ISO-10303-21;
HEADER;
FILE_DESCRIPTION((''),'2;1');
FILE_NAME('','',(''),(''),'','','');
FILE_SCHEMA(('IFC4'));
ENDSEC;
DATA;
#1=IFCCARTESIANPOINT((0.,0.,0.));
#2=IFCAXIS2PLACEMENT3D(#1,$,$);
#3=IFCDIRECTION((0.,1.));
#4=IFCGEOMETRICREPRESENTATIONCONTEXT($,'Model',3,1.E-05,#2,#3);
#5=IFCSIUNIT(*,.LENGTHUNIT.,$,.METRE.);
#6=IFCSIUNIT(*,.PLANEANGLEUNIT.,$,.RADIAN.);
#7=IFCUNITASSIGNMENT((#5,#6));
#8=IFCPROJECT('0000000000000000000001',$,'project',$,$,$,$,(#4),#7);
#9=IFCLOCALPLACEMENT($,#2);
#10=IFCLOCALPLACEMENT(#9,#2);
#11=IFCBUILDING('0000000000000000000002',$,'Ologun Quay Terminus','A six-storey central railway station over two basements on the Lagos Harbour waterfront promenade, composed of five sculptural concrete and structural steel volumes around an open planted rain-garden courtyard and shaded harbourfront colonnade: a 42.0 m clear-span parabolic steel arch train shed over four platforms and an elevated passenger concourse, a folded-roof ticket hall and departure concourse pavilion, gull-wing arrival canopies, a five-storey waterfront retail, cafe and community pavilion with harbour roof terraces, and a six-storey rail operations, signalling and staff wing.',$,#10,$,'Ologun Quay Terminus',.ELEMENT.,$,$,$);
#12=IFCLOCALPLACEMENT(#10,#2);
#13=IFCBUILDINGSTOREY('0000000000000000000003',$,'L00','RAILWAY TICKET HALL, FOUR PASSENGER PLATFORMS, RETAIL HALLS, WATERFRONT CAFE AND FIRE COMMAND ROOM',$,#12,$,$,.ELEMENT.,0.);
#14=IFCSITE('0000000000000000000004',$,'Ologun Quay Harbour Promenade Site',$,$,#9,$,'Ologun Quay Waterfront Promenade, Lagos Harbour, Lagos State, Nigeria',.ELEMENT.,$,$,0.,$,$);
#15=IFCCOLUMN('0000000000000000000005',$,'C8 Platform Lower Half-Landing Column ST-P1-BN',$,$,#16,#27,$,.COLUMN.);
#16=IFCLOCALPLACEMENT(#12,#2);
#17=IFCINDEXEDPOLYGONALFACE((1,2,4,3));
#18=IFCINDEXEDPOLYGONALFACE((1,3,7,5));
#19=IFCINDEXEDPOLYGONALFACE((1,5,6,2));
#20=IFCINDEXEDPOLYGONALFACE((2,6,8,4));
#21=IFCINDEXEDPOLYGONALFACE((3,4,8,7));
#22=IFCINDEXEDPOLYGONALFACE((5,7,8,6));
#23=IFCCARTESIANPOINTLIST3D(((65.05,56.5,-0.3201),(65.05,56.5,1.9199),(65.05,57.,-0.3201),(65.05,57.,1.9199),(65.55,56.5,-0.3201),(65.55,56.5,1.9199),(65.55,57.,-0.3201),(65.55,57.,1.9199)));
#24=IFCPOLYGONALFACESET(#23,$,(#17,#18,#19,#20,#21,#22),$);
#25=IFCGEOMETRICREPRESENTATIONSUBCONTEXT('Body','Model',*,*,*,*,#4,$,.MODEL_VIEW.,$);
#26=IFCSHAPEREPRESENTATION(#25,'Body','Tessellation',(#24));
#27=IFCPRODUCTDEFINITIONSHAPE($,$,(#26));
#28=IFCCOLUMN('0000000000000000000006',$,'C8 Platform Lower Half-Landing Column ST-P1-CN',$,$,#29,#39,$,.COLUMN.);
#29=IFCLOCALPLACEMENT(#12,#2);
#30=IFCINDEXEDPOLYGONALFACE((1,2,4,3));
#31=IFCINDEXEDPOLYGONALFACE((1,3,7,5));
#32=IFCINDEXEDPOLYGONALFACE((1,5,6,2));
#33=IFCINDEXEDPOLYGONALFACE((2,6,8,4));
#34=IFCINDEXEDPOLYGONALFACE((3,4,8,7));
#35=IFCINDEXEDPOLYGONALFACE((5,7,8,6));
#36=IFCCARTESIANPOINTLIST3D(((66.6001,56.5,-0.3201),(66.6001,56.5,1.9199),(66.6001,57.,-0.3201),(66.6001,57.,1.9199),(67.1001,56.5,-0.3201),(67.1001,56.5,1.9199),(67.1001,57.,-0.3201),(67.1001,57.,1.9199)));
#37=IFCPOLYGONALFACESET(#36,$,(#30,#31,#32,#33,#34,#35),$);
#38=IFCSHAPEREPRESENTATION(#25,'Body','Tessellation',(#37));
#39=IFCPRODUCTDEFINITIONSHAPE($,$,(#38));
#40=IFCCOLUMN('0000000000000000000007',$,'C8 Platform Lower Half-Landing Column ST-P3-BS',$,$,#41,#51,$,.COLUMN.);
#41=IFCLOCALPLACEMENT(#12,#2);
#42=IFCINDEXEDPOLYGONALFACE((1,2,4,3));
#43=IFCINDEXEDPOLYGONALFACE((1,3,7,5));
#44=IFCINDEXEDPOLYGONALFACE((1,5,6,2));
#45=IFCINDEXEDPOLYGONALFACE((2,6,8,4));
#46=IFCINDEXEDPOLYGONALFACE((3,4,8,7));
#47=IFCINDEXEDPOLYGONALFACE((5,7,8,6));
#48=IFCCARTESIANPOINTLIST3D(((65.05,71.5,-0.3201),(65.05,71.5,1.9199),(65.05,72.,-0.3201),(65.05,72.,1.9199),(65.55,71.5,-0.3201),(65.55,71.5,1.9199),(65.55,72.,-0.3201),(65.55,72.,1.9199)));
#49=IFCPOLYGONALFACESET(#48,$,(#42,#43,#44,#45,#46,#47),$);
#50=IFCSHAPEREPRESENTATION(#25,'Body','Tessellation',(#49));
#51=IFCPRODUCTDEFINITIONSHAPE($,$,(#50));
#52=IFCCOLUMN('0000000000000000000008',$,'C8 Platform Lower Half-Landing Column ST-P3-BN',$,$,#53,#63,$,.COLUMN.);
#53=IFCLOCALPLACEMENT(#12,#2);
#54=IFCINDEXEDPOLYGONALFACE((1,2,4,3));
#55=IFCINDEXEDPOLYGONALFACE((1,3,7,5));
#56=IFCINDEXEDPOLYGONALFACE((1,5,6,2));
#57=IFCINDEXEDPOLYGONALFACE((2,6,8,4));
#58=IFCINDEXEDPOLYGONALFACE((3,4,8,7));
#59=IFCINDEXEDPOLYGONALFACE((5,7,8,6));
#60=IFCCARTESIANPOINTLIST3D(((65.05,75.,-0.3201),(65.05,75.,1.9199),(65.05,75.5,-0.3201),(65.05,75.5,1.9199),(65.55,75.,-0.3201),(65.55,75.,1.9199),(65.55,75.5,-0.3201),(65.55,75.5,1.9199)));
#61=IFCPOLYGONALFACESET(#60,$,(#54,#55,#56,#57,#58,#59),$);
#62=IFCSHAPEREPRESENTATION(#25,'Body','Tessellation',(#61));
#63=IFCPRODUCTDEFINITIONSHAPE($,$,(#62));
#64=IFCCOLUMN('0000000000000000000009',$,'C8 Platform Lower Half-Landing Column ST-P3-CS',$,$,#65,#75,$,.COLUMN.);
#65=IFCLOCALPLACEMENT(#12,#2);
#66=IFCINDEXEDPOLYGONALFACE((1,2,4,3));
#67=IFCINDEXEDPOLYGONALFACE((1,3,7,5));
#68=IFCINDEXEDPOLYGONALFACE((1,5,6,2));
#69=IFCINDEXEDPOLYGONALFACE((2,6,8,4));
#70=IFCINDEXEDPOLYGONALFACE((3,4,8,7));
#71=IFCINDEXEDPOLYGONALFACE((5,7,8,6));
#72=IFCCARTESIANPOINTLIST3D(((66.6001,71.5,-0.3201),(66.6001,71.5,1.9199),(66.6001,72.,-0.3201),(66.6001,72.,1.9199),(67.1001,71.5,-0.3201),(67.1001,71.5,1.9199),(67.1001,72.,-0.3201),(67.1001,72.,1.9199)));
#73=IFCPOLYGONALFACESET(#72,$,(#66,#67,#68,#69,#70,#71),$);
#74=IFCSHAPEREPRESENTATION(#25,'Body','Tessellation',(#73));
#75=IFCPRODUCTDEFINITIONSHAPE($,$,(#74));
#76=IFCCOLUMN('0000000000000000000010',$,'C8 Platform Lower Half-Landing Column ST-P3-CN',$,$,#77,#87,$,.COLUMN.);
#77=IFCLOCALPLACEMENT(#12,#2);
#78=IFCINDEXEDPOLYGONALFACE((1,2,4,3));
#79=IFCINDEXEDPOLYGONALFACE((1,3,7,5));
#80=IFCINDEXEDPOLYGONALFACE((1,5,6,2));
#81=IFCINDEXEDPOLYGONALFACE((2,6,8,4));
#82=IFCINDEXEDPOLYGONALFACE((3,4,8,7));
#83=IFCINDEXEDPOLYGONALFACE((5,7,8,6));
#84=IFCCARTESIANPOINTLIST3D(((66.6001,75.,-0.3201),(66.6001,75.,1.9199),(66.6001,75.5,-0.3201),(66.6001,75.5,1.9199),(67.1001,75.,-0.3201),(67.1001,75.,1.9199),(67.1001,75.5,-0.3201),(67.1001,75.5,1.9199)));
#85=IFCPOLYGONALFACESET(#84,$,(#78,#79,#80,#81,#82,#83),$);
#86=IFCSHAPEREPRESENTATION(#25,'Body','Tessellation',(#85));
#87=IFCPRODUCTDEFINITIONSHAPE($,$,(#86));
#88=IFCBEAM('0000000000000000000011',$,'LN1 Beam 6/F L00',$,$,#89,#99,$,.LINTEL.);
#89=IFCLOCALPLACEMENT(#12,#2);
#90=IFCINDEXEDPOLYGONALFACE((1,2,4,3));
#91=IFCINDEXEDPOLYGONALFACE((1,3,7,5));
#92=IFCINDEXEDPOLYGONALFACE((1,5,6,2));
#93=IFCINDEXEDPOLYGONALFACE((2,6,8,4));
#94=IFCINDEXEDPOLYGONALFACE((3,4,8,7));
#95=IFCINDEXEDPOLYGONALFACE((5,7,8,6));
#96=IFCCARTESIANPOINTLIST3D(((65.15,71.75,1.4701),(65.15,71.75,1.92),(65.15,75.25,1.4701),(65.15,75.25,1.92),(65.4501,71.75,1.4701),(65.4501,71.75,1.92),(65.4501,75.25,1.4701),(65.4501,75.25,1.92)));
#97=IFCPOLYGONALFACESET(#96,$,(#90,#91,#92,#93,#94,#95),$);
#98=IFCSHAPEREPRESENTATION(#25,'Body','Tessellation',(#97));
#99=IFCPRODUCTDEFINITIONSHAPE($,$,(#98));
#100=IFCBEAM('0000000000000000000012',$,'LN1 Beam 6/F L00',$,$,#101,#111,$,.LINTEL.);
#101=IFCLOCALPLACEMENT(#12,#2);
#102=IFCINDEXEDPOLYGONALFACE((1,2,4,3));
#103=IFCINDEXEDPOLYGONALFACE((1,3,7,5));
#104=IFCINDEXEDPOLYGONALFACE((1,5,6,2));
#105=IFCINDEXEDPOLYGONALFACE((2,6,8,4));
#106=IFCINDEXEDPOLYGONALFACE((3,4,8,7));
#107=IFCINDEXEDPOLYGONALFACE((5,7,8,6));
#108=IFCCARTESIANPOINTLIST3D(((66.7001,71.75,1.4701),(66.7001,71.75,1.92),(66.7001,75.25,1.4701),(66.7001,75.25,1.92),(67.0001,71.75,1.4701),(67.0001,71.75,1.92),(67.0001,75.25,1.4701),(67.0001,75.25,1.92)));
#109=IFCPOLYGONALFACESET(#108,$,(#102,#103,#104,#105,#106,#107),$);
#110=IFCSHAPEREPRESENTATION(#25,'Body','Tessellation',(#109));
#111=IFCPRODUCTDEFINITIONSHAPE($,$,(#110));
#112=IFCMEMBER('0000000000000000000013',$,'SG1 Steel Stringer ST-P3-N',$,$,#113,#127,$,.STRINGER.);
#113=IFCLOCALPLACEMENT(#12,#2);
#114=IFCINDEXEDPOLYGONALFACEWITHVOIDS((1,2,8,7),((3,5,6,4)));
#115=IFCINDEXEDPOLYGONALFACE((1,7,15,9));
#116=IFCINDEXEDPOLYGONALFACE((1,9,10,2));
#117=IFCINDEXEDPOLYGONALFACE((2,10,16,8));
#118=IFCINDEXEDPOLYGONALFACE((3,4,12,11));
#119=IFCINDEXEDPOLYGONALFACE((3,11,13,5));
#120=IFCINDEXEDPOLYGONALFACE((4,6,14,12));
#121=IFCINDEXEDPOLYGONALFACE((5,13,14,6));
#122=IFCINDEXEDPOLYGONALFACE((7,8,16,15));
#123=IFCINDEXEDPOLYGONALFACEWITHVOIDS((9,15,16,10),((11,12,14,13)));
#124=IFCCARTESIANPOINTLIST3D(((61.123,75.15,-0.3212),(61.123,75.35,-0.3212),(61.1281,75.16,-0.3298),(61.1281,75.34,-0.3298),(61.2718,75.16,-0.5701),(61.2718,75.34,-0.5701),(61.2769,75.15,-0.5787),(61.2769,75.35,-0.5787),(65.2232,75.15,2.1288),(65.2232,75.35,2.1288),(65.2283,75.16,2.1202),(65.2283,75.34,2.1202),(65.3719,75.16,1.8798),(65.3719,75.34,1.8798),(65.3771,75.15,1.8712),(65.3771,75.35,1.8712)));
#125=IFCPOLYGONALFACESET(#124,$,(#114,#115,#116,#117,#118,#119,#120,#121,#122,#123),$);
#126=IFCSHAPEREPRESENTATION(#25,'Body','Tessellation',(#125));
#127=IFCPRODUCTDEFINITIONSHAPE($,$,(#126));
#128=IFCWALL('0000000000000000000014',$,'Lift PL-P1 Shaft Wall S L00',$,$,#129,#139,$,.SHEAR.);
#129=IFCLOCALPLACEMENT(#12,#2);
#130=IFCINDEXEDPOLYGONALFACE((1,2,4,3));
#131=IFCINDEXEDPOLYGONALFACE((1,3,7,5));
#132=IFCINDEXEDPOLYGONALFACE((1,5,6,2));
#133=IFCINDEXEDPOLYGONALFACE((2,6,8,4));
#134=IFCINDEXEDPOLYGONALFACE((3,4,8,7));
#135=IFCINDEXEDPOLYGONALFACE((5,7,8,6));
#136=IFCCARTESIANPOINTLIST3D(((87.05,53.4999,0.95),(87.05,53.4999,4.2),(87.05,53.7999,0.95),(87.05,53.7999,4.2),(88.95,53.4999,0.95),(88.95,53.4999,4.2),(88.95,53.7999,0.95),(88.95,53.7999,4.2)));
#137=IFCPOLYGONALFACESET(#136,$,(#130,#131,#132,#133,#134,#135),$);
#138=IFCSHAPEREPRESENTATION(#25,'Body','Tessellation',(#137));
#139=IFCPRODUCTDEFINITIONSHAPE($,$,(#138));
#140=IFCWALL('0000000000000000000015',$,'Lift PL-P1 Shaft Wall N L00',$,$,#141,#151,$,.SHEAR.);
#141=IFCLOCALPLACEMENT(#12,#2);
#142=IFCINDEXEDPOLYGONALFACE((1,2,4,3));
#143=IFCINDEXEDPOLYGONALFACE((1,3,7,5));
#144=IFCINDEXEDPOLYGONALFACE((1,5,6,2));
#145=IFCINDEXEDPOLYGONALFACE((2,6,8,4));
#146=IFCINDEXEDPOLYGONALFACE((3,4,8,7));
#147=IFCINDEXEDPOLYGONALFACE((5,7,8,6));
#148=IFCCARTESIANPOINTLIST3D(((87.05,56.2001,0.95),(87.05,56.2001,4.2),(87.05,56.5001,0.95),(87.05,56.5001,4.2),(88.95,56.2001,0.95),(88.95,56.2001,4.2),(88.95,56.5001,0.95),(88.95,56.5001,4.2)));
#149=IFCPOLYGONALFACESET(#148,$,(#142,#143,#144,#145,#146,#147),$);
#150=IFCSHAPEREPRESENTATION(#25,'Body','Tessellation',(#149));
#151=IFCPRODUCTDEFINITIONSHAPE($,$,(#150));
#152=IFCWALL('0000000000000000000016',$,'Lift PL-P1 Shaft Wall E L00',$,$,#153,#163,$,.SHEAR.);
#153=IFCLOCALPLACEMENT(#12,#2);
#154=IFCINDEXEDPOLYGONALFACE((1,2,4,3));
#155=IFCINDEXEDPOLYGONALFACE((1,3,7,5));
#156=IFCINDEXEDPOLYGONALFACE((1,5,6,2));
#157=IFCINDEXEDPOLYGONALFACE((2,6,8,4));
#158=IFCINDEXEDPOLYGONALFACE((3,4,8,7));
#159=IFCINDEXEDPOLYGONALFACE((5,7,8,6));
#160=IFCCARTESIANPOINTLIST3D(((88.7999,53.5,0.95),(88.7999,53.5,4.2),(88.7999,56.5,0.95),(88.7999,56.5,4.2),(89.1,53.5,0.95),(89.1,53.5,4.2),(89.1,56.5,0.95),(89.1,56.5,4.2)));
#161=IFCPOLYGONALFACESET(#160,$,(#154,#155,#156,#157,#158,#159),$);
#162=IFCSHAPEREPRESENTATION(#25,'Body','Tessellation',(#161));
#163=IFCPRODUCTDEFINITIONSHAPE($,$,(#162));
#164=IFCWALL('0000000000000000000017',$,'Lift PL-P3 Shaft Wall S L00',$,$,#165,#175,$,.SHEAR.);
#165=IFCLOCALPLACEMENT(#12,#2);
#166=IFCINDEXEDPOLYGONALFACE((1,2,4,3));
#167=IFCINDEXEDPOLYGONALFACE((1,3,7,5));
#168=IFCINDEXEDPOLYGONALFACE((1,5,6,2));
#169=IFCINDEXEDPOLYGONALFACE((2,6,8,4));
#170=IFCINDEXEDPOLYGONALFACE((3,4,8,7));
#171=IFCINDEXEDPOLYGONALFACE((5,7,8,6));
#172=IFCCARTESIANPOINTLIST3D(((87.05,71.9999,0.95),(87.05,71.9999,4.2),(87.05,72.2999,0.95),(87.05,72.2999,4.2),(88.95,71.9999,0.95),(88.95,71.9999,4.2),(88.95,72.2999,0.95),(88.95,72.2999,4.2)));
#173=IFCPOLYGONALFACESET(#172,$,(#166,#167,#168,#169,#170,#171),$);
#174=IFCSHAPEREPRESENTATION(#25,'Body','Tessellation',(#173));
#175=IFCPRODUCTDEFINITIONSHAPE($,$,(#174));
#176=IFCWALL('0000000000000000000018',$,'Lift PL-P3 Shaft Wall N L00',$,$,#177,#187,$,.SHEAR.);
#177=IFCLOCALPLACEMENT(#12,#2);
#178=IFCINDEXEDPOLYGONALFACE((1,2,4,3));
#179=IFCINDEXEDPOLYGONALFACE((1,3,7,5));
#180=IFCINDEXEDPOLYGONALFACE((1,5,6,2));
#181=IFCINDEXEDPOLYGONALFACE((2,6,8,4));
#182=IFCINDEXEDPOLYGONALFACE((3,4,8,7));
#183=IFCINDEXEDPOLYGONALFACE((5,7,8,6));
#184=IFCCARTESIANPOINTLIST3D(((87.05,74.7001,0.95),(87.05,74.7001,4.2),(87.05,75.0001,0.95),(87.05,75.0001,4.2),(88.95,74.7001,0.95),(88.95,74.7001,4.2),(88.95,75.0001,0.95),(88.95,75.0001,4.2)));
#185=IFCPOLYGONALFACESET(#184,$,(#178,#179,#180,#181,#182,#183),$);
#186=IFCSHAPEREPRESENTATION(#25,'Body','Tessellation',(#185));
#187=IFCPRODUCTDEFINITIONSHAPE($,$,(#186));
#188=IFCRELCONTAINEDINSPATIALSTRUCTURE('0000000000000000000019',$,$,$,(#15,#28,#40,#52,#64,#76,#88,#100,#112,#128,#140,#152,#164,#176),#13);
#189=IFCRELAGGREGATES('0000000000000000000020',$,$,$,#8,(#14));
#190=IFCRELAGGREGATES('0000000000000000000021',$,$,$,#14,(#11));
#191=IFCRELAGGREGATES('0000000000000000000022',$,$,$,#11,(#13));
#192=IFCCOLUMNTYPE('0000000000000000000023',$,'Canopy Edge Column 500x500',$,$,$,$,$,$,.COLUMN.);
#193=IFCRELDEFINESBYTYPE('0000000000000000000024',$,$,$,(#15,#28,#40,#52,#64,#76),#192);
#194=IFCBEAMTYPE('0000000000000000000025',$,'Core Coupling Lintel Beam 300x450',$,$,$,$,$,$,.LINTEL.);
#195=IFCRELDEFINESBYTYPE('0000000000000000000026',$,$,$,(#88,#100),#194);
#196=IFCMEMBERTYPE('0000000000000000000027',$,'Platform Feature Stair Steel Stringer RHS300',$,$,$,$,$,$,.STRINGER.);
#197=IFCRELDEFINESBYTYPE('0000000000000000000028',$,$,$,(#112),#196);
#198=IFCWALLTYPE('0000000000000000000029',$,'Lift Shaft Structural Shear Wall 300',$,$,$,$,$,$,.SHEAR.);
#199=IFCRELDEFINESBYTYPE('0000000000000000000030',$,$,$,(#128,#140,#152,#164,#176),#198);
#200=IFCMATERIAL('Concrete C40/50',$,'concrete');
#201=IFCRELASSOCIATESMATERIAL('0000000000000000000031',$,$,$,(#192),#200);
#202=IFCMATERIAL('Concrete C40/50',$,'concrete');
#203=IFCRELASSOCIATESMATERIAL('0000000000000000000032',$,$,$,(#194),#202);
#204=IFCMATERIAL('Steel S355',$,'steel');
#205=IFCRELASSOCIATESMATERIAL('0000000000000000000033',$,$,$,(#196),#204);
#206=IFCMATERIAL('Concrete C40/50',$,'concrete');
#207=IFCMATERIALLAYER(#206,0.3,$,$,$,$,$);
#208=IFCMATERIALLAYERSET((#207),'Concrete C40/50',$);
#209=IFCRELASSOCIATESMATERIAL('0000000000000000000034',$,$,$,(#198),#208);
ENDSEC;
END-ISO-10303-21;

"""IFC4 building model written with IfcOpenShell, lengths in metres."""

from ifc_helpers import new_model, si_unit, direction, frame, frame_2d, origin, origin_2d, place, context, subcontext, project, spatial, rectangle, hollow_rectangle, extrude, material, layer, layer_set, material_profile, profile_set, type_object, element, save


model = new_model("IFC4")

# Units and contexts
model_context = context("Model", 3, precision=1e-05, world=origin(), true_north=direction((0.0, 1.0)))
body_context = subcontext(model_context, "Body", "Model", "MODEL_VIEW")
ifc_project = project(units=[si_unit("LENGTHUNIT", "METRE"), si_unit("PLANEANGLEUNIT", "RADIAN")], contexts=[model_context])

# Site, building, storey
site_placement = place(None, origin())
site = spatial("IfcSite", under=ifc_project, at=site_placement, Name="Ologun Quay Harbour Promenade Site", LongName="Ologun Quay Waterfront Promenade, Lagos Harbour, Lagos State, Nigeria", CompositionType="ELEMENT", RefElevation=0.0)
building_placement = place(site_placement, origin())
building = spatial("IfcBuilding", under=site, at=building_placement, Name="Ologun Quay Terminus", Description="A six-storey central railway station over two basements on the Lagos Harbour waterfront promenade, composed of five sculptural concrete and structural steel volumes around an open planted rain-garden courtyard and shaded harbourfront colonnade: a 42.0 m clear-span parabolic steel arch train shed over four platforms and an elevated passenger concourse, a folded-roof ticket hall and departure concourse pavilion, gull-wing arrival canopies, a five-storey waterfront retail, cafe and community pavilion with harbour roof terraces, and a six-storey rail operations, signalling and staff wing.", LongName="Ologun Quay Terminus", CompositionType="ELEMENT")
storey_placement = place(building_placement, origin())
storey = spatial("IfcBuildingStorey", under=building, at=storey_placement, Name="L00", Description="RAILWAY TICKET HALL, FOUR PASSENGER PLATFORMS, RETAIL HALLS, WATERFRONT CAFE AND FIRE COMMAND ROOM", CompositionType="ELEMENT", Elevation=0.0)

# Columns
ifc_material_1 = material(Name="Concrete C40/50", Category="concrete")
ifc_material_profile_1 = material_profile(ifc_material_1, rectangle(XDim=0.5, YDim=0.5, at=origin_2d()), Name="RC 500x500")
ifc_profile_set_1 = profile_set([ifc_material_profile_1], Name="Concrete C40/50")
column_type = type_object("IfcColumnType", Name="Canopy Edge Column 500x500", PredefinedType="COLUMN", material=ifc_profile_set_1)
for number, where, z_axis, x_axis, name in (
    (1, (65.3, 56.75, -0.3201), (0.0, 0.0, 1.0), (1.0, 0.0, 0.0), "C8 Platform Lower Half-Landing Column ST-P1-BN"),
    (2, (66.8501, 56.75, -0.3201), (0.0, 0.0, 1.0), (1.0, 0.0, 0.0), "C8 Platform Lower Half-Landing Column ST-P1-CN"),
    (3, (65.3, 71.75, -0.3201), (0.0, 0.0, 1.0), (1.0, 0.0, 0.0), "C8 Platform Lower Half-Landing Column ST-P3-BS"),
    (4, (65.3, 75.25, -0.3201), (0.0, 0.0, 1.0), (1.0, 0.0, 0.0), "C8 Platform Lower Half-Landing Column ST-P3-BN"),
    (5, (66.8501, 71.75, -0.3201), (0.0, 0.0, 1.0), (1.0, 0.0, 0.0), "C8 Platform Lower Half-Landing Column ST-P3-CS"),
    (6, (66.8501, 75.25, -0.3201), (0.0, 0.0, 1.0), (1.0, 0.0, 0.0), "C8 Platform Lower Half-Landing Column ST-P3-CN"),
):
    element("IfcColumn", number, at=place(storey_placement, frame(where, z_axis=z_axis, x_axis=x_axis)), inside=storey, type_object=column_type, Name=name, PredefinedType="COLUMN", context=body_context, shape_type="SweptSolid", body=[
        extrude(rectangle(XDim=0.5, YDim=0.5, at=origin_2d()), origin(), (0.0, 0.0, 1.0), 2.24),
    ])

# Beams
ifc_material_2 = material(Name="Concrete C40/50", Category="concrete")
ifc_material_profile_2 = material_profile(ifc_material_2, rectangle(XDim=0.3, YDim=0.45, at=origin_2d()), Name="RC 300x450")
ifc_profile_set_2 = profile_set([ifc_material_profile_2], Name="Concrete C40/50")
beam_type = type_object("IfcBeamType", Name="Core Coupling Lintel Beam 300x450", PredefinedType="LINTEL", material=ifc_profile_set_2)
for number, where, z_axis, x_axis, name in (
    (7, (65.3, 71.75, 1.6951), (0.0, 1.0, 0.0), (-1.0, 0.0, 0.0), "LN1 Beam 6/F L00"),
    (8, (66.8501, 71.75, 1.6951), (0.0, 1.0, 0.0), (-1.0, 0.0, 0.0), "LN1 Beam 6/F L00"),
):
    element("IfcBeam", number, at=place(storey_placement, frame(where, z_axis=z_axis, x_axis=x_axis)), inside=storey, type_object=beam_type, Name=name, PredefinedType="LINTEL", context=body_context, shape_type="SweptSolid", body=[
        extrude(rectangle(XDim=0.3, YDim=0.45, at=origin_2d()), origin(), (0.0, 0.0, 1.0), 3.5),
    ])

# Member
ifc_material_3 = material(Name="Steel S355", Category="steel")
ifc_material_profile_3 = material_profile(ifc_material_3, hollow_rectangle(XDim=0.2, YDim=0.3, WallThickness=0.01, at=origin_2d()), Name="RHS 300x200x10")
ifc_profile_set_3 = profile_set([ifc_material_profile_3], Name="Steel S355")
member_type = type_object("IfcMemberType", Name="Platform Feature Stair Steel Stringer RHS300", PredefinedType="STRINGER", material=ifc_profile_set_3)
member_placement = place(storey_placement, frame((61.2, 75.25, -0.45), z_axis=(0.858425, 0.0, 0.512939), x_axis=(0.0, 1.0, 0.0)))
element("IfcMember", 9, at=member_placement, inside=storey, type_object=member_type, Name="SG1 Steel Stringer ST-P3-N", PredefinedType="STRINGER", context=body_context, shape_type="SweptSolid", body=[
    extrude(hollow_rectangle(XDim=0.2, YDim=0.3, WallThickness=0.01, at=origin_2d()), origin(), (0.0, 0.0, 1.0), 4.7764),
])

# Walls
ifc_material_4 = material(Name="Concrete C40/50", Category="concrete")
ifc_layer = layer(ifc_material_4, 0.3)
ifc_layer_set = layer_set([ifc_layer], Name="Concrete C40/50")
wall_type = type_object("IfcWallType", Name="Lift Shaft Structural Shear Wall 300", PredefinedType="SHEAR", material=ifc_layer_set)
for number, where, z_axis, x_axis, name in (
    (10, (87.05, 53.6499, 0.95), (0.0, 0.0, 1.0), (1.0, 0.0, 0.0), "Lift PL-P1 Shaft Wall S L00"),
    (11, (87.05, 56.3501, 0.95), (0.0, 0.0, 1.0), (1.0, 0.0, 0.0), "Lift PL-P1 Shaft Wall N L00"),
):
    element("IfcWall", number, at=place(storey_placement, frame(where, z_axis=z_axis, x_axis=x_axis)), inside=storey, type_object=wall_type, Name=name, PredefinedType="SHEAR", context=body_context, shape_type="SweptSolid", body=[
        extrude(rectangle(XDim=1.8999, YDim=0.3, at=frame_2d((0.95, 0.0))), origin(), (0.0, 0.0, 1.0), 3.25),
    ])
wall_1_placement = place(storey_placement, frame((88.95, 53.5, 0.95), z_axis=(0.0, 0.0, 1.0), x_axis=(0.0, 1.0, 0.0)))
element("IfcWall", 12, at=wall_1_placement, inside=storey, type_object=wall_type, Name="Lift PL-P1 Shaft Wall E L00", PredefinedType="SHEAR", context=body_context, shape_type="SweptSolid", body=[
    extrude(rectangle(XDim=3.0, YDim=0.3, at=frame_2d((1.5, 0.0))), origin(), (0.0, 0.0, 1.0), 3.25),
])
for number, where, z_axis, x_axis, name in (
    (13, (87.05, 72.1499, 0.95), (0.0, 0.0, 1.0), (1.0, 0.0, 0.0), "Lift PL-P3 Shaft Wall S L00"),
    (14, (87.05, 74.8501, 0.95), (0.0, 0.0, 1.0), (1.0, 0.0, 0.0), "Lift PL-P3 Shaft Wall N L00"),
):
    element("IfcWall", number, at=place(storey_placement, frame(where, z_axis=z_axis, x_axis=x_axis)), inside=storey, type_object=wall_type, Name=name, PredefinedType="SHEAR", context=body_context, shape_type="SweptSolid", body=[
        extrude(rectangle(XDim=1.8999, YDim=0.3, at=frame_2d((0.95, 0.0))), origin(), (0.0, 0.0, 1.0), 3.25),
    ])

save(model, "model.ifc")
